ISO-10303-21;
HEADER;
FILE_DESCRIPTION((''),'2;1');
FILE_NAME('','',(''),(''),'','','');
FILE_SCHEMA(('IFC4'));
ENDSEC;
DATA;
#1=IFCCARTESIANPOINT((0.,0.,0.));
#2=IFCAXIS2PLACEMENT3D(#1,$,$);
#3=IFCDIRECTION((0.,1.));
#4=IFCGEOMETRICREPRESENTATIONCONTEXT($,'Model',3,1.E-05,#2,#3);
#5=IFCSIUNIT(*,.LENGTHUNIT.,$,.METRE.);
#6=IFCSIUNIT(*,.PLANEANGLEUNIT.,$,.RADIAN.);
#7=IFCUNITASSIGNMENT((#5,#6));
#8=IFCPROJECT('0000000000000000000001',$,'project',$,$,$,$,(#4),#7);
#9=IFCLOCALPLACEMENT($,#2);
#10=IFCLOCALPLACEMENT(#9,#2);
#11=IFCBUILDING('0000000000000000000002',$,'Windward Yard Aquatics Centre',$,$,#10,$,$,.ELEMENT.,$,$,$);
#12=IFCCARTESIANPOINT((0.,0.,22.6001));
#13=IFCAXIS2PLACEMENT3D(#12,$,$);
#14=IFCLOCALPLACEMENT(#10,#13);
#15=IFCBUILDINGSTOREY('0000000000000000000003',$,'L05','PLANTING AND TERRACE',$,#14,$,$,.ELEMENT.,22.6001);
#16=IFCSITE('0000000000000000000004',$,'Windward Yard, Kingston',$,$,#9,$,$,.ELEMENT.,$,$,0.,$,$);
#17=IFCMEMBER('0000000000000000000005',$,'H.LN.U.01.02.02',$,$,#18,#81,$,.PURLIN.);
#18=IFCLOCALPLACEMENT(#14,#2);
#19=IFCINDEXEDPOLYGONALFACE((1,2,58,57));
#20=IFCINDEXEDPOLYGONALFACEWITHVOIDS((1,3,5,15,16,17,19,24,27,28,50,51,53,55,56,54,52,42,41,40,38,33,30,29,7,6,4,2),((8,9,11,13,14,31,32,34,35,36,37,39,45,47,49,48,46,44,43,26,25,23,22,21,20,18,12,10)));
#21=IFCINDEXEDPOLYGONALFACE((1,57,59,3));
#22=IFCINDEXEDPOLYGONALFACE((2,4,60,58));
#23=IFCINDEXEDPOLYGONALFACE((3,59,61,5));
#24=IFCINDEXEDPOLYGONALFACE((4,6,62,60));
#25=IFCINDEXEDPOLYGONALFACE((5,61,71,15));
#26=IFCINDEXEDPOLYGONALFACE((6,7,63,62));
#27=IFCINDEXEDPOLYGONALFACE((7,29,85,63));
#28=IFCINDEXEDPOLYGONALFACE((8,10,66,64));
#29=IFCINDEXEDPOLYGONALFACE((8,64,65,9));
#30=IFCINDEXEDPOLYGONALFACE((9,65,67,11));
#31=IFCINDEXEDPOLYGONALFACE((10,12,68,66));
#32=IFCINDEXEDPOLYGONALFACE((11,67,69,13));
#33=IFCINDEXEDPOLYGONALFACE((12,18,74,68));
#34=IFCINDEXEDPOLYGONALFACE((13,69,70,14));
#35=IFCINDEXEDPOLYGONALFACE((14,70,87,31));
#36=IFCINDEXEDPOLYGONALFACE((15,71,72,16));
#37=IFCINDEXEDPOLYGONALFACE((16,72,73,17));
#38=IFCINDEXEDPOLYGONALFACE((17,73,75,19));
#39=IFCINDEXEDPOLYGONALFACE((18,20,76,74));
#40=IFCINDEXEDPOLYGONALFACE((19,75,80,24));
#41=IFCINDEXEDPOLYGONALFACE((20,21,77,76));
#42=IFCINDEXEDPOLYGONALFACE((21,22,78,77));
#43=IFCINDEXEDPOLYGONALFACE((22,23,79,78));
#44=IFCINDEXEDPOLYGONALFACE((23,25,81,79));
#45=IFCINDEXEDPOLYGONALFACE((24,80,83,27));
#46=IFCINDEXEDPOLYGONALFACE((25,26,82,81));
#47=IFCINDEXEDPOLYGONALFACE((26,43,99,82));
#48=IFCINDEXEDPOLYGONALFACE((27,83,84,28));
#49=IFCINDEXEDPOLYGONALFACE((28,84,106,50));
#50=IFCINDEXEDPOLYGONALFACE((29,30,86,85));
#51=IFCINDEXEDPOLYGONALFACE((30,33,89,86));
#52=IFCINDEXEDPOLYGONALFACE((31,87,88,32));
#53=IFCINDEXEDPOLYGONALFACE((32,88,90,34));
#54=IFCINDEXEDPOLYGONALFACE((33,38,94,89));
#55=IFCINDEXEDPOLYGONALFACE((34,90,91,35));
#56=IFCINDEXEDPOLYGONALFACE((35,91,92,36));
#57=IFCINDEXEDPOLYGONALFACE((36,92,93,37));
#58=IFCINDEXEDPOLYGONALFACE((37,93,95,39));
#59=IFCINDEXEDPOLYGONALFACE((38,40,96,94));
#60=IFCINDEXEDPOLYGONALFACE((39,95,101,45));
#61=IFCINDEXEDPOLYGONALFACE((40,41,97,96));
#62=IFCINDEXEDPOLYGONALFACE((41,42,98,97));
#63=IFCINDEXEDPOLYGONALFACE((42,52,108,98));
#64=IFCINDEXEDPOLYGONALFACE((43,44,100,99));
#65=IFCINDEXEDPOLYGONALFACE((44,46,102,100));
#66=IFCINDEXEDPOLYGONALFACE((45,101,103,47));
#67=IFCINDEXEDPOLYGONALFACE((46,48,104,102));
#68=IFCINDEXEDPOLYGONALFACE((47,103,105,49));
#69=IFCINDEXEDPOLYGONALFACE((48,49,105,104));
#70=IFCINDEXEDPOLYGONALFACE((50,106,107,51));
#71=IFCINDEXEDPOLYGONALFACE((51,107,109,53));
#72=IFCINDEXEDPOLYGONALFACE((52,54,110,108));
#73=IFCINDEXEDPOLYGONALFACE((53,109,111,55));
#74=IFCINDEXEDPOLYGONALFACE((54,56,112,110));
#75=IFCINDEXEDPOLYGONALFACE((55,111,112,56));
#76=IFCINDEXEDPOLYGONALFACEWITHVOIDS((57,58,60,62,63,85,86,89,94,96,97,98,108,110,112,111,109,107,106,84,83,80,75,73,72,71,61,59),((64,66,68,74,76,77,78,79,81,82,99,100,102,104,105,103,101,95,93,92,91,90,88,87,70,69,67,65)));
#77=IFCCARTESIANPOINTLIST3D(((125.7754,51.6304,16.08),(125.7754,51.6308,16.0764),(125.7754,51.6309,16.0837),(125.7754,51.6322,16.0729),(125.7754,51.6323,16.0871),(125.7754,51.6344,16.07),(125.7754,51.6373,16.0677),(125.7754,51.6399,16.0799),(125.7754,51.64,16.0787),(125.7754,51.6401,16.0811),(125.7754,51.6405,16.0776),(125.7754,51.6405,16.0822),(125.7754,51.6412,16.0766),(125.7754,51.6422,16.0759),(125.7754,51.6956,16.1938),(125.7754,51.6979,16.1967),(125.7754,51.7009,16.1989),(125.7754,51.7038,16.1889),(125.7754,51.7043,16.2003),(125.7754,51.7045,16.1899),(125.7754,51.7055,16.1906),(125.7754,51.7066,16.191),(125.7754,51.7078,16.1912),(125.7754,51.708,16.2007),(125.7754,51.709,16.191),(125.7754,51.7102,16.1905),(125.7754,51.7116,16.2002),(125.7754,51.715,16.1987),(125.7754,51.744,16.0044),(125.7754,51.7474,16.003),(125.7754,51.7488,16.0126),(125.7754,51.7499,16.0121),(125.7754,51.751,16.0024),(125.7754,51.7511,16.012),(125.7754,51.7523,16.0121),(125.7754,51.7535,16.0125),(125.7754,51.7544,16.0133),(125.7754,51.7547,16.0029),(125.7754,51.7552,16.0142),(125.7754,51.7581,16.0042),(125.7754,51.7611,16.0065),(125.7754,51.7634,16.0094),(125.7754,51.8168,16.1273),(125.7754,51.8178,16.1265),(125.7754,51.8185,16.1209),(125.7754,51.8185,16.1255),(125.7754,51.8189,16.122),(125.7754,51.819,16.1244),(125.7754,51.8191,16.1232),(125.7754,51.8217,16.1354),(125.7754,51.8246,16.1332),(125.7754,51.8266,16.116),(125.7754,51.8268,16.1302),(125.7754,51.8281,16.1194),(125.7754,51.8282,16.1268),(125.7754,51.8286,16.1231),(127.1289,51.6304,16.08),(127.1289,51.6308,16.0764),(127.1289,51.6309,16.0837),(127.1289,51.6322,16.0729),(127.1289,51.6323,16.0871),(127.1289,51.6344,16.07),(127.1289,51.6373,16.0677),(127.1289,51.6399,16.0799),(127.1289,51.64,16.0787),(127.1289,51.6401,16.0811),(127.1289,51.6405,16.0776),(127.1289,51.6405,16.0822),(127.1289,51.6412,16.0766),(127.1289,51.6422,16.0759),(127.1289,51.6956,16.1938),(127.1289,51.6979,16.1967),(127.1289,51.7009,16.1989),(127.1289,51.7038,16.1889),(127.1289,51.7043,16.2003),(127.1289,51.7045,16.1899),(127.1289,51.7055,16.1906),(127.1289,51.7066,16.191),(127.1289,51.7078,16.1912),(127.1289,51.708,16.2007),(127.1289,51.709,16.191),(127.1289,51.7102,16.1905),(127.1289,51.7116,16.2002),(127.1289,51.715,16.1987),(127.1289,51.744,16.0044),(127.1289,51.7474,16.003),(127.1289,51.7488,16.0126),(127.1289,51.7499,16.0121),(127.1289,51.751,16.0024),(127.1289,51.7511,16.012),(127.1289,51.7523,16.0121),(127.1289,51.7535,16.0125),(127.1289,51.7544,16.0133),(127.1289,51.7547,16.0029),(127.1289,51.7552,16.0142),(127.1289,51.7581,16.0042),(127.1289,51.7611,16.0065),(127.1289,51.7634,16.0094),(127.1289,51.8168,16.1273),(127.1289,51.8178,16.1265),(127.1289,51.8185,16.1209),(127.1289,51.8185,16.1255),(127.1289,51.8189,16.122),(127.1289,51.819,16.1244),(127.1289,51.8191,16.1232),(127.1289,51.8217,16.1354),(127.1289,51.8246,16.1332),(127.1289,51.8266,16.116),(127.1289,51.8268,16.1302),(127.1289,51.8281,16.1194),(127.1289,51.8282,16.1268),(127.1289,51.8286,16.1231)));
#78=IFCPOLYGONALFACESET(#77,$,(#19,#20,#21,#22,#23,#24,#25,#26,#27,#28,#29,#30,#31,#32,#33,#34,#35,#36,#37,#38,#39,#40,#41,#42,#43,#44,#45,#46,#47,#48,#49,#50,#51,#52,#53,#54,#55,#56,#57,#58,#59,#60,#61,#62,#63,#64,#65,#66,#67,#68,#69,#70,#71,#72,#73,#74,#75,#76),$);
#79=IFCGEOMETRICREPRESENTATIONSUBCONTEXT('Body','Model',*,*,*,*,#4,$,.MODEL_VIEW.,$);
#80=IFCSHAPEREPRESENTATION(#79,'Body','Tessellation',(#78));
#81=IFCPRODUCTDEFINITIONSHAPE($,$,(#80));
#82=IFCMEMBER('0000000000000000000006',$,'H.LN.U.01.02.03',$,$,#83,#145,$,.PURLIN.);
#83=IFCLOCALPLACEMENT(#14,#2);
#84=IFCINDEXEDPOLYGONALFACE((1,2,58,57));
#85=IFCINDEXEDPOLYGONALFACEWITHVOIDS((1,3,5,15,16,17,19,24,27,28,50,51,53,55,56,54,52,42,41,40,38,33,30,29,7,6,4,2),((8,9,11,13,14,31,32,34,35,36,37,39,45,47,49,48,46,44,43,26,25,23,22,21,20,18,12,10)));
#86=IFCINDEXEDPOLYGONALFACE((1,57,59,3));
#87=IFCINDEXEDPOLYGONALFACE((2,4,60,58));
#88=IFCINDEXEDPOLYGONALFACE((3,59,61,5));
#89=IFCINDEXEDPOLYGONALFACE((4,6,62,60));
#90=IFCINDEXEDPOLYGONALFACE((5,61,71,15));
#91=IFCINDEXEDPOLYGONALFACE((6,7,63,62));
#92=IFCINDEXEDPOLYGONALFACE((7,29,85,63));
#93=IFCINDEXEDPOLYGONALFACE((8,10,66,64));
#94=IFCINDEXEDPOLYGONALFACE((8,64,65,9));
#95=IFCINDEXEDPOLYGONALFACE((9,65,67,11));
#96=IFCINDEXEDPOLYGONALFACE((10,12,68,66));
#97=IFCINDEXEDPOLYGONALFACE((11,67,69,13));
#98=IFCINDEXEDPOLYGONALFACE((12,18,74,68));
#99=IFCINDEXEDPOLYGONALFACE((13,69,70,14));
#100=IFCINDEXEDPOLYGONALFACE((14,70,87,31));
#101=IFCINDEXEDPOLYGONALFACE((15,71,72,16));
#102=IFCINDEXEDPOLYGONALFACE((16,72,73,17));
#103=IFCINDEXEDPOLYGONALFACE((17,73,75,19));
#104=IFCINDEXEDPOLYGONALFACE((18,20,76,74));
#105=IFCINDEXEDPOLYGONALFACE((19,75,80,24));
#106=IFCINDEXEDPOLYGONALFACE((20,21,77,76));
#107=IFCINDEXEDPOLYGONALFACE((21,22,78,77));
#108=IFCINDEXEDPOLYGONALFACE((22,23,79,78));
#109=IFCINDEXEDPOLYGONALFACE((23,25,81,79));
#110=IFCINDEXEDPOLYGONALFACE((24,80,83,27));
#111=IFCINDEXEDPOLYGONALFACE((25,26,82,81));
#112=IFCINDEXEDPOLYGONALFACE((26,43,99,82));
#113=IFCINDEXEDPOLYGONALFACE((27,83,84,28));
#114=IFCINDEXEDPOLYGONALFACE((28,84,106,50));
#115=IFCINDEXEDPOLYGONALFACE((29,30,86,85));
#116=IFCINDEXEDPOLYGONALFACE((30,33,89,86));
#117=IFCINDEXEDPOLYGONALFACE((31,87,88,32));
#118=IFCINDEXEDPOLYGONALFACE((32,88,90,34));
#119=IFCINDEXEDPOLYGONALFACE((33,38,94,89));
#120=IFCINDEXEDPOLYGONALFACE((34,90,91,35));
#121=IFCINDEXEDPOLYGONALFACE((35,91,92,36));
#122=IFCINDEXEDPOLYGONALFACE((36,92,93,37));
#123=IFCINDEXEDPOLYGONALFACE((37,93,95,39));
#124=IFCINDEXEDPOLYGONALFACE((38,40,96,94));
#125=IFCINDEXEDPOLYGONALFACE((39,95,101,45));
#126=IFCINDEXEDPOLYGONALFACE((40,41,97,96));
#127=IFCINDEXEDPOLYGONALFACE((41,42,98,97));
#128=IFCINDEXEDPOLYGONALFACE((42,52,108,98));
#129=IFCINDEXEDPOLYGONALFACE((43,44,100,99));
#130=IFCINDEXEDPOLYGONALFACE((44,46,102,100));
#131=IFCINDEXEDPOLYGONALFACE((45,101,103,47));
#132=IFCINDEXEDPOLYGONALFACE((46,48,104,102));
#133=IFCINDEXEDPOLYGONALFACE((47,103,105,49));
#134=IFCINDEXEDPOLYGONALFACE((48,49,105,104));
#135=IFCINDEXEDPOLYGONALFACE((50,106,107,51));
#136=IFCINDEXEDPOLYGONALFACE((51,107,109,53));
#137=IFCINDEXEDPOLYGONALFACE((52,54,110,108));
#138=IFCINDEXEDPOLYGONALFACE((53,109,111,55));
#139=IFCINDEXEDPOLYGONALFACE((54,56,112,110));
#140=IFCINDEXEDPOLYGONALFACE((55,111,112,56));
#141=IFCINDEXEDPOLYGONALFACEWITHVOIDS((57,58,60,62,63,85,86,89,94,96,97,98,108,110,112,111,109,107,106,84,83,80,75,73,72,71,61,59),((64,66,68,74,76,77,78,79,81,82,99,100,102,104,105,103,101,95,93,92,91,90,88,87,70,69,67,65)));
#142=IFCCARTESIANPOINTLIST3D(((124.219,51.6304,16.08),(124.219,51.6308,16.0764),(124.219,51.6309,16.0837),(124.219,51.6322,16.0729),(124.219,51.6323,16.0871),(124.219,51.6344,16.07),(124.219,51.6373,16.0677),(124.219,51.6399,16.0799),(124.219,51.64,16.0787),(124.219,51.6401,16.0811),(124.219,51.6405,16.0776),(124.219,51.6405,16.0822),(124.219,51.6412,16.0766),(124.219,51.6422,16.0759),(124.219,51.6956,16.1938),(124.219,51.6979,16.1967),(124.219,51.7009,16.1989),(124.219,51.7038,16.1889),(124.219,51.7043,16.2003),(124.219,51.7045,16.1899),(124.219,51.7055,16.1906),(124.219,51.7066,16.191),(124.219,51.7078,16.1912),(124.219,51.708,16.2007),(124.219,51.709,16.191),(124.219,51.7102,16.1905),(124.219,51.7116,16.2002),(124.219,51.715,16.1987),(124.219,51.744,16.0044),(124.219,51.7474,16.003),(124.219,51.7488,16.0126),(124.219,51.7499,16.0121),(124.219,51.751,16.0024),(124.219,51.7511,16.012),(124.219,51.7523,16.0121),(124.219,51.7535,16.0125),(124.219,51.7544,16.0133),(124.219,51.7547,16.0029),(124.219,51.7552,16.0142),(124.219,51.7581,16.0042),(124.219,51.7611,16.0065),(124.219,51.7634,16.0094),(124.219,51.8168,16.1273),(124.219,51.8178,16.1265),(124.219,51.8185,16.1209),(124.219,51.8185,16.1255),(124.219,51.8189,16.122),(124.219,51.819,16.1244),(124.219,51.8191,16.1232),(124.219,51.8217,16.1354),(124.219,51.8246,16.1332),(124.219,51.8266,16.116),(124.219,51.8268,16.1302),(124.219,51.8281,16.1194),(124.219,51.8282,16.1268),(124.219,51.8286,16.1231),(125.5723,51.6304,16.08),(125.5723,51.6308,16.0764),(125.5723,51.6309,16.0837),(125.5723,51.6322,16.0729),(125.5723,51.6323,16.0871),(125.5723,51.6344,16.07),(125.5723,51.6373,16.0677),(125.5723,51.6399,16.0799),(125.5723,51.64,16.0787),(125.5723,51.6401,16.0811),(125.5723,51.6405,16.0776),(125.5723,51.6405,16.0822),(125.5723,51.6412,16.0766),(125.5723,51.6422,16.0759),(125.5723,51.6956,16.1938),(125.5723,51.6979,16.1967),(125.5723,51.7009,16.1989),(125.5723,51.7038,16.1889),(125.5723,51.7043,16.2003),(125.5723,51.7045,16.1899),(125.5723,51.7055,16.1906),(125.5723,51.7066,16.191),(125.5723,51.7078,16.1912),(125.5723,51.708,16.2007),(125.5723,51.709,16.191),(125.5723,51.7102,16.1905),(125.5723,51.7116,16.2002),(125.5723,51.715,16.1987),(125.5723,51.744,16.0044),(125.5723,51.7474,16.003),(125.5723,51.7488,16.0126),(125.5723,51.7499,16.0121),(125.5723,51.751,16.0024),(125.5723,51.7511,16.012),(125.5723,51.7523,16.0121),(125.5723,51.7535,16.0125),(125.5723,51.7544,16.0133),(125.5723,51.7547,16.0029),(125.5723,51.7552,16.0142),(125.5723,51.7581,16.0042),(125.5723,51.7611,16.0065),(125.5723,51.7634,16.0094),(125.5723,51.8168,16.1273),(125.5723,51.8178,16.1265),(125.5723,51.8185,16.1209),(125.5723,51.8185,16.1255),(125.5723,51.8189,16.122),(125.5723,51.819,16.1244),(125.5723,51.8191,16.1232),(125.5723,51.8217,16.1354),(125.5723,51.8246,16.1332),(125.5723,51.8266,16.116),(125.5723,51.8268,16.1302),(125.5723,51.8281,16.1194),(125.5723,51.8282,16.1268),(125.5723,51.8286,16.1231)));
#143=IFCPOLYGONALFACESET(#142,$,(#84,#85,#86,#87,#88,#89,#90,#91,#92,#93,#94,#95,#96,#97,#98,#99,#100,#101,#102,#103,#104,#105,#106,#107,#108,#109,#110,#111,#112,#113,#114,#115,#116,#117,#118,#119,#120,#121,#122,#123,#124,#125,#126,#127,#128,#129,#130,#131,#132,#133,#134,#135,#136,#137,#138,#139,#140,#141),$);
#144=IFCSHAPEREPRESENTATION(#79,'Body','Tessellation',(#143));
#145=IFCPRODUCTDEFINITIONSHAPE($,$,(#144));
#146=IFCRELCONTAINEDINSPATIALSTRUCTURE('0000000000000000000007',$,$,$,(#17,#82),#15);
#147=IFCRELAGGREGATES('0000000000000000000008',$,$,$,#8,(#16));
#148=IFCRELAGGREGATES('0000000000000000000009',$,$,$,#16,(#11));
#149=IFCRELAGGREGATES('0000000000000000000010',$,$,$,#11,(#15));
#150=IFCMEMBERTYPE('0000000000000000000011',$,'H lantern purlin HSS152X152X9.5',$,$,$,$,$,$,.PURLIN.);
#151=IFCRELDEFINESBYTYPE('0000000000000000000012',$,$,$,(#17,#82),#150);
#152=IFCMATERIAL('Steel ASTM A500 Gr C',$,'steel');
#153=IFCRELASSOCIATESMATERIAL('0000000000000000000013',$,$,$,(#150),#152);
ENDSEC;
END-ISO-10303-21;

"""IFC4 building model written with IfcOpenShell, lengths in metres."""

from ifc_helpers import new_model, si_unit, direction, frame, origin, origin_2d, place, context, subcontext, project, spatial, hollow_rectangle, extrude, material, material_profile, profile_set, type_object, element, save


model = new_model("IFC4")

# Units and contexts
model_context = context("Model", 3, precision=1e-05, world=origin(), true_north=direction((0.0, 1.0)))
body_context = subcontext(model_context, "Body", "Model", "MODEL_VIEW")
ifc_project = project(units=[si_unit("LENGTHUNIT", "METRE"), si_unit("PLANEANGLEUNIT", "RADIAN")], contexts=[model_context])

# Site, building, storey
site_placement = place(None, origin())
site = spatial("IfcSite", under=ifc_project, at=site_placement, Name="Windward Yard, Kingston", CompositionType="ELEMENT", RefElevation=0.0)
building_placement = place(site_placement, origin())
building = spatial("IfcBuilding", under=site, at=building_placement, Name="Windward Yard Aquatics Centre", CompositionType="ELEMENT")
storey_placement = place(building_placement, frame((0.0, 0.0, 22.6001)))
storey = spatial("IfcBuildingStorey", under=building, at=storey_placement, Name="L05", Description="PLANTING AND TERRACE", CompositionType="ELEMENT", Elevation=22.6001)

# Members
ifc_material_1 = material(Name="Steel ASTM A500 Gr C", Category="steel")
ifc_material_profile_1 = material_profile(ifc_material_1, hollow_rectangle(XDim=0.1523, YDim=0.1523, WallThickness=0.0095, InnerFilletRadius=0.0046, OuterFilletRadius=0.0142, at=origin_2d()), Name="HSS152X152X9.5")
ifc_profile_set_1 = profile_set([ifc_material_profile_1], Name="Steel ASTM A500 Gr C")
member_type_1 = type_object("IfcMemberType", Name="H lantern purlin HSS152X152X9.5", PredefinedType="PURLIN", material=ifc_profile_set_1)
member_1_placement = place(storey_placement, frame((127.1289, 51.7295, 16.1016), z_axis=(-1.0, 0.0, 0.0), x_axis=(0.0, -0.51012, -0.860103)))
element("IfcMember", 1, at=member_1_placement, inside=storey, type_object=member_type_1, Name="H.LN.U.01.02.02", PredefinedType="PURLIN", context=body_context, shape_type="SweptSolid", body=[
    extrude(hollow_rectangle(XDim=0.1523, YDim=0.1523, WallThickness=0.0095, InnerFilletRadius=0.0046, OuterFilletRadius=0.0142, at=origin_2d()), origin(), (0.0, 0.0, 1.0), 1.3535),
])
for number, where, z_axis, x_axis, name in (
    (2, (125.5723, 51.7295, 16.1016), (-1.0, 0.0, 0.0), (0.0, -0.51012, -0.860103), "H.LN.U.01.02.03"),
):
    element("IfcMember", number, at=place(storey_placement, frame(where, z_axis=z_axis, x_axis=x_axis)), inside=storey, type_object=member_type_1, Name=name, PredefinedType="PURLIN", context=body_context, shape_type="SweptSolid", body=[
        extrude(hollow_rectangle(XDim=0.1523, YDim=0.1523, WallThickness=0.0095, InnerFilletRadius=0.0046, OuterFilletRadius=0.0142, at=origin_2d()), origin(), (0.0, 0.0, 1.0), 1.3533),
    ])

save(model, "model.ifc")
